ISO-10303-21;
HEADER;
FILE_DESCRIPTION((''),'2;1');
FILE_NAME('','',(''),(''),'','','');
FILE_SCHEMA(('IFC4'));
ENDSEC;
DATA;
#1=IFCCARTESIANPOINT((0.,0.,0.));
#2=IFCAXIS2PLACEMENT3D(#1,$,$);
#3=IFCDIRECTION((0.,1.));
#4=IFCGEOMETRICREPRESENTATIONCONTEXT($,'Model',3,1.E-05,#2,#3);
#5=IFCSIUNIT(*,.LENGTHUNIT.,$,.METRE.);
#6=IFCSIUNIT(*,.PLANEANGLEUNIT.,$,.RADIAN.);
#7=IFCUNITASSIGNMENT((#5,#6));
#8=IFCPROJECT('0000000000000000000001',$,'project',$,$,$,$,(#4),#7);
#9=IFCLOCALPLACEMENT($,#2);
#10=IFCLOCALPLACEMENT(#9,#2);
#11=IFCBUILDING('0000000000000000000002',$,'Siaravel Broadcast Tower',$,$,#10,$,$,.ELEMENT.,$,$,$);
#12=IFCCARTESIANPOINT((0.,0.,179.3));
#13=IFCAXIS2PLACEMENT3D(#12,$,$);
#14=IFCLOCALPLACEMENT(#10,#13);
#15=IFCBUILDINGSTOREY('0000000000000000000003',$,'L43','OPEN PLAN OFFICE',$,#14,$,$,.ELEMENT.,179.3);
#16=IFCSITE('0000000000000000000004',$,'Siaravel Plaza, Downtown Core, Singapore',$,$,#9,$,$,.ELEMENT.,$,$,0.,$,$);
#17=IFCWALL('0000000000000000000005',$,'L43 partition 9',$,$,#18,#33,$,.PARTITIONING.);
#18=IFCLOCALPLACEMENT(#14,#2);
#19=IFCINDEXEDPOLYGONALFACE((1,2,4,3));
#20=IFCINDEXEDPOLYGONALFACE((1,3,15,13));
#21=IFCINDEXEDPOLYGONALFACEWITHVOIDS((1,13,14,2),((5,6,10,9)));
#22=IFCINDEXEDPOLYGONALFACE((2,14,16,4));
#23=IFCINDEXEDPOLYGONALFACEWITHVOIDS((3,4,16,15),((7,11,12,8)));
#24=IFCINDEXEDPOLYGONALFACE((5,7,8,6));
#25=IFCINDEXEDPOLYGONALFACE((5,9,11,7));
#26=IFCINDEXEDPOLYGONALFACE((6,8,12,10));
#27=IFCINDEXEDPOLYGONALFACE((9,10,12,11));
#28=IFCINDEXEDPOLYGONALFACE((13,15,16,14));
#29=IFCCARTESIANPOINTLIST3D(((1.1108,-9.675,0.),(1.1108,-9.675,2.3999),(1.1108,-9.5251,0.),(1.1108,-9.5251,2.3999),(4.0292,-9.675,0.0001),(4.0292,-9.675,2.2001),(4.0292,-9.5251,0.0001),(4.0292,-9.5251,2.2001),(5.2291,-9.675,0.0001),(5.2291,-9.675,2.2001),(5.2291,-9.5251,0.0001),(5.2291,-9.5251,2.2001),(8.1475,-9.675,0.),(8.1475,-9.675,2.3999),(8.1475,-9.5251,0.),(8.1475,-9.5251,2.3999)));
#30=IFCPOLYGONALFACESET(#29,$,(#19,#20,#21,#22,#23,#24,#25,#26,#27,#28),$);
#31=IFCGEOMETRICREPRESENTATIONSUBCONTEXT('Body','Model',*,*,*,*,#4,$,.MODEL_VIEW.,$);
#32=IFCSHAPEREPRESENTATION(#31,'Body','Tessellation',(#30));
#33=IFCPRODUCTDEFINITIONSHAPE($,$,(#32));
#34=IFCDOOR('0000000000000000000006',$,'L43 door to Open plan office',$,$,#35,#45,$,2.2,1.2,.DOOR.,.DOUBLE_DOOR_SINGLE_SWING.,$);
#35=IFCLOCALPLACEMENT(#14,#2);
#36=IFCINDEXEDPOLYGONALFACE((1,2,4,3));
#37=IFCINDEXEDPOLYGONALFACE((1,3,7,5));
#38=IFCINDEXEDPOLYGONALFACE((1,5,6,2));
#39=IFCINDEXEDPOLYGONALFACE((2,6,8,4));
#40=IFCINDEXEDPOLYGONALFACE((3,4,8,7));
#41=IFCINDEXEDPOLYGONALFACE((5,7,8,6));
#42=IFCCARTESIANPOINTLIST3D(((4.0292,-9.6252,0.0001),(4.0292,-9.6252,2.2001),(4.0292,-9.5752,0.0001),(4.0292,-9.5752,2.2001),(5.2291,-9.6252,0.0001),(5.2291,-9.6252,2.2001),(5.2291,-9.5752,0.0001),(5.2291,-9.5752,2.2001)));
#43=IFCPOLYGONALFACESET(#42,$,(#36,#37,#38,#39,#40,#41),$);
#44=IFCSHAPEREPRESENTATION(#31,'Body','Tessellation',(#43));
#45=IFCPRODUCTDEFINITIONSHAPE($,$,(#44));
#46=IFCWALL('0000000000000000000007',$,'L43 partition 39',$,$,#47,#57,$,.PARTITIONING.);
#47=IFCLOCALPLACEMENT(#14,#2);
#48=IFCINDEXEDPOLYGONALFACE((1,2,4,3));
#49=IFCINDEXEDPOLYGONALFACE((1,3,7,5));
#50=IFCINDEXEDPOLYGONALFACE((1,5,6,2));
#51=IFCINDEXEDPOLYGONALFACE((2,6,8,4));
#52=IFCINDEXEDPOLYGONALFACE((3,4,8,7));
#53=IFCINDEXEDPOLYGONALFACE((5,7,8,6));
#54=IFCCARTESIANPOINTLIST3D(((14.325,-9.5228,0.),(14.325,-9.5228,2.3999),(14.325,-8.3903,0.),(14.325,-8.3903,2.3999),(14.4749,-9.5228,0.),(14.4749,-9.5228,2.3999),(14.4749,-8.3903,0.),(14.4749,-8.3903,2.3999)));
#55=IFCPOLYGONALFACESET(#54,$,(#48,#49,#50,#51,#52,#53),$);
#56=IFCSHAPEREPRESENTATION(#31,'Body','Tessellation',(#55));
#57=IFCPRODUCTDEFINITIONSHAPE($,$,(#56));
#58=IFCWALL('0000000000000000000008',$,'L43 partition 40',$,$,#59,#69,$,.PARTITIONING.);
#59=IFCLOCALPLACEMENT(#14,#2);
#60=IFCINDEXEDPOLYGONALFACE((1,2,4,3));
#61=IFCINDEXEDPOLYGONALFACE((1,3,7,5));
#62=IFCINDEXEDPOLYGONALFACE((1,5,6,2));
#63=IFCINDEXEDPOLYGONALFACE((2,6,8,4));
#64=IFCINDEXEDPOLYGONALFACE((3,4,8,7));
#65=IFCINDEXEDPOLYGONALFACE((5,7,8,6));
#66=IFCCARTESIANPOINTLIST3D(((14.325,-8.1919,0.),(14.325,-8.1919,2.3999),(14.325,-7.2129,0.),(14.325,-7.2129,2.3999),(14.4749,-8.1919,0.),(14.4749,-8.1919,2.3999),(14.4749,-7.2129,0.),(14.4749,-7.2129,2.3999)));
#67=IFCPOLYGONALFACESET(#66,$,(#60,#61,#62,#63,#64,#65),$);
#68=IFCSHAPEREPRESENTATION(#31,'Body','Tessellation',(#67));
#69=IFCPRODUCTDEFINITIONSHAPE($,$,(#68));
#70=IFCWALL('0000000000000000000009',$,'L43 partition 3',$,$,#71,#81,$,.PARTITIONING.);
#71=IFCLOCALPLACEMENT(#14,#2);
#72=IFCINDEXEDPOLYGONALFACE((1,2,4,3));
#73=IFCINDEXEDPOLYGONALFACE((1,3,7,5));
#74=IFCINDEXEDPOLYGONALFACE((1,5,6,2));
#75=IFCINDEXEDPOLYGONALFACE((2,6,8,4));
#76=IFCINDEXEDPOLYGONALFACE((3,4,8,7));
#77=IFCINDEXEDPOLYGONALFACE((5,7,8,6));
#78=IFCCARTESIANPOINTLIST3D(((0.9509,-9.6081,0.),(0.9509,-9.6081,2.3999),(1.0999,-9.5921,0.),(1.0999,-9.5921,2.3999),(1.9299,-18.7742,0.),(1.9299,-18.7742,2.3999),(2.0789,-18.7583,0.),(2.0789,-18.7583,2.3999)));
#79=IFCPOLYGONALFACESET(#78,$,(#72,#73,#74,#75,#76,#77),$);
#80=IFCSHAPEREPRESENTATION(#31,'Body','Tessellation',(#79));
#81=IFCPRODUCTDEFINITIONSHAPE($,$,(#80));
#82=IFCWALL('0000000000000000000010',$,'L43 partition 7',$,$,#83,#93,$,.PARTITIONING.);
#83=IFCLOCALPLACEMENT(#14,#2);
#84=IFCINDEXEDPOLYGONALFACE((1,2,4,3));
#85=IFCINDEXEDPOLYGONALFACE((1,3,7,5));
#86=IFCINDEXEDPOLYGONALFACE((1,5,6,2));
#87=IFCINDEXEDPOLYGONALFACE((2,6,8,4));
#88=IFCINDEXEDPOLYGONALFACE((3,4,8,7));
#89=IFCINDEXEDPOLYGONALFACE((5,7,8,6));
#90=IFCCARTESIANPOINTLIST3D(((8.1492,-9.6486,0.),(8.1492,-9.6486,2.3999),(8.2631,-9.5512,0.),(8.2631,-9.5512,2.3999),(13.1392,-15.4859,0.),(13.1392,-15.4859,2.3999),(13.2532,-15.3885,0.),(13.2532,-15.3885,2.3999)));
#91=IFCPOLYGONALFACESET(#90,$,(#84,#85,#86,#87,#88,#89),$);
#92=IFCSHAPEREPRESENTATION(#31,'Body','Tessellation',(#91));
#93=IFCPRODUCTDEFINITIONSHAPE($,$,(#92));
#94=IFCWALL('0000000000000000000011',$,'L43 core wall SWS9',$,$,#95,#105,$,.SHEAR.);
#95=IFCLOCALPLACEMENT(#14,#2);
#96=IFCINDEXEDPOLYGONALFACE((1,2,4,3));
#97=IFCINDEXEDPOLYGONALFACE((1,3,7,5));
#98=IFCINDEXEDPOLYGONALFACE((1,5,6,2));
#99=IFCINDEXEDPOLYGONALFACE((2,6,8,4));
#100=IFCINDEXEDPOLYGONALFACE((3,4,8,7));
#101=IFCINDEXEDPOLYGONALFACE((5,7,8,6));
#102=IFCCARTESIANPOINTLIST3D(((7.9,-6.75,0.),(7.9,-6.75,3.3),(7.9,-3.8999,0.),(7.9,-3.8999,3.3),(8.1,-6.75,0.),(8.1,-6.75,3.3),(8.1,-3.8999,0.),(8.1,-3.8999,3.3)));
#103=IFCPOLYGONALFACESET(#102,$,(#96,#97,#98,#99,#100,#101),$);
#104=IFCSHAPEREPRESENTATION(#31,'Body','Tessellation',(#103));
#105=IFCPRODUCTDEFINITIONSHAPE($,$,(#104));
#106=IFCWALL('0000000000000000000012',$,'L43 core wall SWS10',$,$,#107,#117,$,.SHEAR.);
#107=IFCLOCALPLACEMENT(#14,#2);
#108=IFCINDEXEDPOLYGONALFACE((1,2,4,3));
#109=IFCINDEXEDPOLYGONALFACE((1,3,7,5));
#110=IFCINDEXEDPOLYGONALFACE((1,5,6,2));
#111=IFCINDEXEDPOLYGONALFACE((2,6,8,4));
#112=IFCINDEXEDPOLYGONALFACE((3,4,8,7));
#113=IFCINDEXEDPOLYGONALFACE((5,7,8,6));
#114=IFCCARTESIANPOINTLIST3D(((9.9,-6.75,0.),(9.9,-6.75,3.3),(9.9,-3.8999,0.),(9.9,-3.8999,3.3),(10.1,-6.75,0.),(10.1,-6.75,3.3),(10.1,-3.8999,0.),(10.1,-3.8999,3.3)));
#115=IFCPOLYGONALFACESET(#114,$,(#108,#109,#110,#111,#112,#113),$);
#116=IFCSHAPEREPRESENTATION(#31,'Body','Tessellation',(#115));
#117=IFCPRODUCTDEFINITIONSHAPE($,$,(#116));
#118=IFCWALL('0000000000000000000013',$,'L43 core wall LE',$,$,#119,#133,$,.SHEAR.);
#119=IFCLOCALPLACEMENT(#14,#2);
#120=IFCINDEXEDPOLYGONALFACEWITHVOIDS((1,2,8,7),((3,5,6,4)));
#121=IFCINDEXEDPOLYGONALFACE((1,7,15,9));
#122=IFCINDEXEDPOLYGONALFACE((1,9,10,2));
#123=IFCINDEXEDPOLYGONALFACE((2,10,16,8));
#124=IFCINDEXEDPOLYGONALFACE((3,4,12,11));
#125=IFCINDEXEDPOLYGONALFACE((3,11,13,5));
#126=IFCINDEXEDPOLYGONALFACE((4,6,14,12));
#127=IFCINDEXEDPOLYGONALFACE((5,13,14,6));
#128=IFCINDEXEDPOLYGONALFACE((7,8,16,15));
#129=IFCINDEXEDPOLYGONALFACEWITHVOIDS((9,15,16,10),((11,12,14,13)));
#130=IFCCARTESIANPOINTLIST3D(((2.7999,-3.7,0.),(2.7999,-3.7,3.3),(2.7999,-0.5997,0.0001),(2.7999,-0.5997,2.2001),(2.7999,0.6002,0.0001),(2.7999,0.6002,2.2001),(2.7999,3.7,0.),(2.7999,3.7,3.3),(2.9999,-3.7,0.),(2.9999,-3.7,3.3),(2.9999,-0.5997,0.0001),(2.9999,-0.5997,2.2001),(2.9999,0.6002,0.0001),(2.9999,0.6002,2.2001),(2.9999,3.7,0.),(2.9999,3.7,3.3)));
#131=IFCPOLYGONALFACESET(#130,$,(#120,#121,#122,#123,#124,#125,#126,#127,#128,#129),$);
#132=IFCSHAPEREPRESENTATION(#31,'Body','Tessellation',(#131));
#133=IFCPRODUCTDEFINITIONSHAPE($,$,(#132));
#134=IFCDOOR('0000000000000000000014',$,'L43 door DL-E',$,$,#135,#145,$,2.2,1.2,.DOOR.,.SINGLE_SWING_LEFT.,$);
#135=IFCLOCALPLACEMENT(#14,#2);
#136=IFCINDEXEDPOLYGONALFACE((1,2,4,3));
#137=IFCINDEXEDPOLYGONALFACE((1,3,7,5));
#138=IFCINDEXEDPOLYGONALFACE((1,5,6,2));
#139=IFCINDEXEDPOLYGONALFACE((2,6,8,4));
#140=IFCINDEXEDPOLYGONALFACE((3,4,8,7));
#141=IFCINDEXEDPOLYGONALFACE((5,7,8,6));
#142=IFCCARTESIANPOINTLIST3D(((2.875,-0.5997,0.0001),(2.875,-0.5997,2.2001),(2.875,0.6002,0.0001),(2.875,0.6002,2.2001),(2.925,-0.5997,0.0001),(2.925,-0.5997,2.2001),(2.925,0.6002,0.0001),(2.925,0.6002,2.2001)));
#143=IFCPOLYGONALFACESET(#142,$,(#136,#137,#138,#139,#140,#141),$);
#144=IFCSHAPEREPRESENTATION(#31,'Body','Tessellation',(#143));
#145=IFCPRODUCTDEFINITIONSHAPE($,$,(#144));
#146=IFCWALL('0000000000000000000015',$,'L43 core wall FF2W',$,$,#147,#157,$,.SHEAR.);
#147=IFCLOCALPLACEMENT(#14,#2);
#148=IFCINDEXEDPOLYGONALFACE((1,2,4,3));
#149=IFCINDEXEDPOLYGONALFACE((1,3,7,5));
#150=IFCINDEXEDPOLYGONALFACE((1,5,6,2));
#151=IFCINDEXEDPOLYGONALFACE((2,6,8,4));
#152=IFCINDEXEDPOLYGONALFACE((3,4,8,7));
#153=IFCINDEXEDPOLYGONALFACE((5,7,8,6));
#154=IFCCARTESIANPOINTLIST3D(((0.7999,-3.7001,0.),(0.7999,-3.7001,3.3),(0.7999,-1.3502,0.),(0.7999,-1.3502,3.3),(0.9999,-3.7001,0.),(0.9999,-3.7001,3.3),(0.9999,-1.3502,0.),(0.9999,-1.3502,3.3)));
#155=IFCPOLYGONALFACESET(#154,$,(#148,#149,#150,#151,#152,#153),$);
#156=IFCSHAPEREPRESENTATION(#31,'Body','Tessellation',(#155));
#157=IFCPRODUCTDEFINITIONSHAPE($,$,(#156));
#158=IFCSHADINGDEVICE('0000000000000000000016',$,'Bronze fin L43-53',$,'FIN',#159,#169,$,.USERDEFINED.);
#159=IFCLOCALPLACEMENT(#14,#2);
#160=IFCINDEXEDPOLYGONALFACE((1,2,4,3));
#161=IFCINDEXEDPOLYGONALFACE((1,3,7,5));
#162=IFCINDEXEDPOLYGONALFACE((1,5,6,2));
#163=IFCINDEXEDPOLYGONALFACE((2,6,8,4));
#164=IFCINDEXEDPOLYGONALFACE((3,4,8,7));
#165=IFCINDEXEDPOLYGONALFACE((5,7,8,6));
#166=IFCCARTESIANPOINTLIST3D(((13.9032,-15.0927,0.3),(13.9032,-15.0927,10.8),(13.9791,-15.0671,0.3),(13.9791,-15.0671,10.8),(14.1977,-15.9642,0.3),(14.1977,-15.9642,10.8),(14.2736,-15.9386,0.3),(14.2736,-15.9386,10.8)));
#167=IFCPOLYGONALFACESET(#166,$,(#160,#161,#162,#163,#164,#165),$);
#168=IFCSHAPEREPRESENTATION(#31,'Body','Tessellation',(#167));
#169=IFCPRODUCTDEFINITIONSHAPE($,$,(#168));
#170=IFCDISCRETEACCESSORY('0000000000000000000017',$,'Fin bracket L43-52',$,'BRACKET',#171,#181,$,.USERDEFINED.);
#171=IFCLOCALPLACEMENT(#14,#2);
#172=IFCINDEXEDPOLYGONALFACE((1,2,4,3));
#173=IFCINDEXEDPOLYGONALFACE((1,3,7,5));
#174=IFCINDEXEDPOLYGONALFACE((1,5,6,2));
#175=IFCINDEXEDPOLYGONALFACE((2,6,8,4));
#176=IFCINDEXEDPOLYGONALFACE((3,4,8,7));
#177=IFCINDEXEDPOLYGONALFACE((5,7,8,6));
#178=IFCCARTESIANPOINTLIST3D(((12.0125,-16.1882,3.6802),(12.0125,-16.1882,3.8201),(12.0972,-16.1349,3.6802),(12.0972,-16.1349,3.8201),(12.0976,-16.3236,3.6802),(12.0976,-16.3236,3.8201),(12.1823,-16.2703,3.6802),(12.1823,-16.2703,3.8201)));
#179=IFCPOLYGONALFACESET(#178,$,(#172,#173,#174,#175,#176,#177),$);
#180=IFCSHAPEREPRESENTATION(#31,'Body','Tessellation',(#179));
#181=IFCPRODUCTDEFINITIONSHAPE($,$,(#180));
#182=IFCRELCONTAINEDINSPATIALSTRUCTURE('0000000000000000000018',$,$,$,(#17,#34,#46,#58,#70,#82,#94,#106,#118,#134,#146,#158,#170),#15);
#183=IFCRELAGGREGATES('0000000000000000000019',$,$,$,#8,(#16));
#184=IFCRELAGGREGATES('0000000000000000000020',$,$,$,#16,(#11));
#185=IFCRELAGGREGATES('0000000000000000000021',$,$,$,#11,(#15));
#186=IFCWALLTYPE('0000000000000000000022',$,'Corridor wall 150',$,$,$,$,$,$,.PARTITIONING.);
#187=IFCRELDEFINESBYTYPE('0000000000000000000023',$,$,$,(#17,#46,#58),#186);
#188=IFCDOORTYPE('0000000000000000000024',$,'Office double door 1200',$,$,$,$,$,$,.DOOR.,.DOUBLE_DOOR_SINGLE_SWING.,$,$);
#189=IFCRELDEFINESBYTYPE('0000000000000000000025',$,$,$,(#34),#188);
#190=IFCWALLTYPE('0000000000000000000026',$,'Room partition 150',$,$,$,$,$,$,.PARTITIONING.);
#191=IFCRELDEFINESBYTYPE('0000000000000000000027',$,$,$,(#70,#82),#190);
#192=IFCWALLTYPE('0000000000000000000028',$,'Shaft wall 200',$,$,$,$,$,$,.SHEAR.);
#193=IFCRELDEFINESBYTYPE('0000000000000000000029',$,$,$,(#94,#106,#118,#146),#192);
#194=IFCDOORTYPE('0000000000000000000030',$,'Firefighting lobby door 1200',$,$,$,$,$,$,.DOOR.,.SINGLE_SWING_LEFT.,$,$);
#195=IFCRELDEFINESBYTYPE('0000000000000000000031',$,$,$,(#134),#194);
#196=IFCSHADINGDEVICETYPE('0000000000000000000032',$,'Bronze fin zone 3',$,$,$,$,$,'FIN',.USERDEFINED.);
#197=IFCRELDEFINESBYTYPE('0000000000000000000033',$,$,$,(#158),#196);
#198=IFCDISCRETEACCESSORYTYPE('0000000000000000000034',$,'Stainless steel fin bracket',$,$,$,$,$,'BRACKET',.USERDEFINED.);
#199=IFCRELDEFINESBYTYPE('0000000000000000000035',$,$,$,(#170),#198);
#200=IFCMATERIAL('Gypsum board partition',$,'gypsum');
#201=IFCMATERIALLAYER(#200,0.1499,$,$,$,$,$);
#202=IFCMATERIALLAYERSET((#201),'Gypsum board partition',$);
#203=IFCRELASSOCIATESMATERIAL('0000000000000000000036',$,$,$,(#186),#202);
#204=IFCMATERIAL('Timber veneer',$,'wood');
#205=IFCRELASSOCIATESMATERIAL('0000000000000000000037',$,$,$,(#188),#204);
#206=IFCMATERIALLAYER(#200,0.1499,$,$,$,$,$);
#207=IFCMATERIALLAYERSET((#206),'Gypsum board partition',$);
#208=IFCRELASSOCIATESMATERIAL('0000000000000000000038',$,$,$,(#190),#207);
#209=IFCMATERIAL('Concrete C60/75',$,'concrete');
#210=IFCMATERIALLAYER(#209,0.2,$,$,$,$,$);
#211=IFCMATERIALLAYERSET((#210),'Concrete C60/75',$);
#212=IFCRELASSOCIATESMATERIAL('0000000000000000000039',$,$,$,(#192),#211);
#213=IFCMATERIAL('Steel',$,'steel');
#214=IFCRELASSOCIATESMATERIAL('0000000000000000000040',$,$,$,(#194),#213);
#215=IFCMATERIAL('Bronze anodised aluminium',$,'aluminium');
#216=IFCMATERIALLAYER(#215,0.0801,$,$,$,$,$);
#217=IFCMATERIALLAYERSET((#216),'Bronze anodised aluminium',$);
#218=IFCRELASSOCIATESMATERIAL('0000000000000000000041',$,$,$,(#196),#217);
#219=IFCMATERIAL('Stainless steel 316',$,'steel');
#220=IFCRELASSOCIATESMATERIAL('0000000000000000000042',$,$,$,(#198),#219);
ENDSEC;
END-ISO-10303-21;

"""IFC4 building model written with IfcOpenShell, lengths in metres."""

from ifc_helpers import new_model, si_unit, direction, frame, frame_2d, origin, origin_2d, place, context, subcontext, project, spatial, rectangle, extrude, material, layer, layer_set, type_object, element, fill, save


model = new_model("IFC4")

# Units and contexts
model_context = context("Model", 3, precision=1e-05, world=origin(), true_north=direction((0.0, 1.0)))
body_context = subcontext(model_context, "Body", "Model", "MODEL_VIEW")
ifc_project = project(units=[si_unit("LENGTHUNIT", "METRE"), si_unit("PLANEANGLEUNIT", "RADIAN")], contexts=[model_context])

# Site, building, storey
site_placement = place(None, origin())
site = spatial("IfcSite", under=ifc_project, at=site_placement, Name="Siaravel Plaza, Downtown Core, Singapore", CompositionType="ELEMENT", RefElevation=0.0)
building_placement = place(site_placement, origin())
building = spatial("IfcBuilding", under=site, at=building_placement, Name="Siaravel Broadcast Tower", CompositionType="ELEMENT")
storey_placement = place(building_placement, frame((0.0, 0.0, 179.3)))
storey = spatial("IfcBuildingStorey", under=building, at=storey_placement, Name="L43", Description="OPEN PLAN OFFICE", CompositionType="ELEMENT", Elevation=179.3)

# Shared definitions
ifc_material_1 = material(Name="Concrete C60/75", Category="concrete")

# Shared definitions
ifc_material_2 = material(Name="Steel", Category="steel")

# Shared definitions
ifc_material_3 = material(Name="Gypsum board partition", Category="gypsum")
ifc_layer_1 = layer(ifc_material_3, 0.1499)
ifc_layer_set_1 = layer_set([ifc_layer_1], Name="Gypsum board partition")
wall_type_1 = type_object("IfcWallType", Name="Corridor wall 150", PredefinedType="PARTITIONING", material=ifc_layer_set_1)
ifc_material_4 = material(Name="Timber veneer", Category="wood")

# Wall, opening, door
wall_1_placement = place(storey_placement, frame((1.1108, -9.6001, 0.0), z_axis=(0.0, 0.0, 1.0), x_axis=(1.0, 0.0, 0.0)))
wall_1 = element("IfcWall", 1, at=wall_1_placement, inside=storey, type_object=wall_type_1, Name="L43 partition 9", PredefinedType="PARTITIONING", context=body_context, shape_type="SweptSolid", body=[
    extrude(rectangle(XDim=7.0366, YDim=0.1499, at=frame_2d((3.5183, 0.0))), origin(), (0.0, 0.0, 1.0), 2.3999),
])
opening_1_placement = place(wall_1_placement, frame((2.9182, 0.0, 0.0)))
opening_1 = element("IfcOpeningElement", 2, at=opening_1_placement, cuts=wall_1, PredefinedType="OPENING", context=body_context, shape_type="SweptSolid", body=[
    extrude(rectangle(XDim=1.2, YDim=2.2, at=frame_2d((0.6001, 1.1001))), frame((0.0, 0.085, 0.0), z_axis=(0.0, -1.0, 0.0), x_axis=(1.0, 0.0, 0.0)), (0.0, 0.0, 1.0), 0.1699),
])
door_type_1 = type_object("IfcDoorType", Name="Office double door 1200", OperationType="DOUBLE_DOOR_SINGLE_SWING", PredefinedType="DOOR", material=ifc_material_4)
door_1_placement = place(opening_1_placement, origin())
door_1 = element("IfcDoor", 3, at=door_1_placement, inside=storey, type_object=door_type_1, Name="L43 door to Open plan office", OperationType="DOUBLE_DOOR_SINGLE_SWING", OverallHeight=2.2, OverallWidth=1.2, PredefinedType="DOOR", context=body_context, shape_type="SweptSolid", body=[
    extrude(rectangle(XDim=1.2, YDim=2.2, at=frame_2d((0.6001, 1.1001))), frame((0.0, 0.0249, 0.0), z_axis=(0.0, -1.0, 0.0), x_axis=(1.0, 0.0, 0.0)), (0.0, 0.0, 1.0), 0.05),
])
fill(opening_1, door_1)

# Walls
wall_2_placement = place(storey_placement, frame((14.3999, -9.5229, 0.0), z_axis=(0.0, 0.0, 1.0), x_axis=(0.0, 1.0, 0.0)))
element("IfcWall", 4, at=wall_2_placement, inside=storey, type_object=wall_type_1, Name="L43 partition 39", PredefinedType="PARTITIONING", context=body_context, shape_type="SweptSolid", body=[
    extrude(rectangle(XDim=1.1326, YDim=0.1499, at=frame_2d((0.5664, 0.0))), origin(), (0.0, 0.0, 1.0), 2.3999),
])
wall_3_placement = place(storey_placement, frame((14.3999, -8.1919, 0.0), z_axis=(0.0, 0.0, 1.0), x_axis=(0.0, 1.0, 0.0)))
element("IfcWall", 5, at=wall_3_placement, inside=storey, type_object=wall_type_1, Name="L43 partition 40", PredefinedType="PARTITIONING", context=body_context, shape_type="SweptSolid", body=[
    extrude(rectangle(XDim=0.979, YDim=0.1499, at=frame_2d((0.4895, 0.0))), origin(), (0.0, 0.0, 1.0), 2.3999),
])
ifc_layer_2 = layer(ifc_material_3, 0.1499)
ifc_layer_set_2 = layer_set([ifc_layer_2], Name="Gypsum board partition")
wall_type_2 = type_object("IfcWallType", Name="Room partition 150", PredefinedType="PARTITIONING", material=ifc_layer_set_2)
wall_4_placement = place(storey_placement, frame((1.0254, -9.6001, 0.0), z_axis=(0.0, 0.0, 1.0), x_axis=(0.106204, -0.994344, 0.0)))
element("IfcWall", 6, at=wall_4_placement, inside=storey, type_object=wall_type_2, Name="L43 partition 3", PredefinedType="PARTITIONING", context=body_context, shape_type="SweptSolid", body=[
    extrude(rectangle(XDim=9.2183, YDim=0.1499, at=frame_2d((4.6091, 0.0))), origin(), (0.0, 0.0, 1.0), 2.3999),
])
wall_5_placement = place(storey_placement, frame((13.1963, -15.4373, 0.0), z_axis=(0.0, 0.0, 1.0), x_axis=(-0.649793, 0.760111, 0.0)))
element("IfcWall", 7, at=wall_5_placement, inside=storey, type_object=wall_type_2, Name="L43 partition 7", PredefinedType="PARTITIONING", context=body_context, shape_type="SweptSolid", body=[
    extrude(rectangle(XDim=7.6794, YDim=0.1499, at=frame_2d((3.8398, 0.0))), origin(), (0.0, 0.0, 1.0), 2.3999),
])
ifc_layer_3 = layer(ifc_material_1, 0.2)
ifc_layer_set_3 = layer_set([ifc_layer_3], Name="Concrete C60/75")
wall_type_3 = type_object("IfcWallType", Name="Shaft wall 200", PredefinedType="SHEAR", material=ifc_layer_set_3)
for number, where, z_axis, x_axis, name in (
    (8, (8.0, -6.75, 0.0), (0.0, 0.0, 1.0), (0.0, 1.0, 0.0), "L43 core wall SWS9"),
    (9, (10.0, -6.75, 0.0), (0.0, 0.0, 1.0), (0.0, 1.0, 0.0), "L43 core wall SWS10"),
):
    element("IfcWall", number, at=place(storey_placement, frame(where, z_axis=z_axis, x_axis=x_axis)), inside=storey, type_object=wall_type_3, Name=name, PredefinedType="SHEAR", context=body_context, shape_type="SweptSolid", body=[
        extrude(rectangle(XDim=2.8501, YDim=0.2, at=frame_2d((1.425, 0.0))), origin(), (0.0, 0.0, 1.0), 3.3),
    ])

# Wall, opening, door
wall_6_placement = place(storey_placement, frame((2.8999, -3.7, 0.0), z_axis=(0.0, 0.0, 1.0), x_axis=(0.0, 1.0, 0.0)))
wall_6 = element("IfcWall", 10, at=wall_6_placement, inside=storey, type_object=wall_type_3, Name="L43 core wall LE", PredefinedType="SHEAR", context=body_context, shape_type="SweptSolid", body=[
    extrude(rectangle(XDim=7.3999, YDim=0.2, at=frame_2d((3.7, 0.0))), origin(), (0.0, 0.0, 1.0), 3.3),
])
opening_2_placement = place(wall_6_placement, frame((3.1001, 0.0, 0.0)))
opening_2 = element("IfcOpeningElement", 11, at=opening_2_placement, cuts=wall_6, PredefinedType="OPENING", context=body_context, shape_type="SweptSolid", body=[
    extrude(rectangle(XDim=1.2, YDim=2.2, at=frame_2d((0.6001, 1.1001))), frame((0.0, 0.1099, 0.0), z_axis=(0.0, -1.0, 0.0), x_axis=(1.0, 0.0, 0.0)), (0.0, 0.0, 1.0), 0.22),
])
door_type_2 = type_object("IfcDoorType", Name="Firefighting lobby door 1200", OperationType="SINGLE_SWING_LEFT", PredefinedType="DOOR", material=ifc_material_2)
door_2_placement = place(opening_2_placement, origin())
door_2 = element("IfcDoor", 12, at=door_2_placement, inside=storey, type_object=door_type_2, Name="L43 door DL-E", OperationType="SINGLE_SWING_LEFT", OverallHeight=2.2, OverallWidth=1.2, PredefinedType="DOOR", context=body_context, shape_type="SweptSolid", body=[
    extrude(rectangle(XDim=1.2, YDim=2.2, at=frame_2d((0.6001, 1.1001))), frame((0.0, 0.0249, 0.0), z_axis=(0.0, -1.0, 0.0), x_axis=(1.0, 0.0, 0.0)), (0.0, 0.0, 1.0), 0.05),
])
fill(opening_2, door_2)

# Wall
wall_7_placement = place(storey_placement, frame((0.8999, -3.7, 0.0), z_axis=(0.0, 0.0, 1.0), x_axis=(0.0, 1.0, 0.0)))
element("IfcWall", 13, at=wall_7_placement, inside=storey, type_object=wall_type_3, Name="L43 core wall FF2W", PredefinedType="SHEAR", context=body_context, shape_type="SweptSolid", body=[
    extrude(rectangle(XDim=2.3499, YDim=0.2, at=frame_2d((1.1748, 0.0))), origin(), (0.0, 0.0, 1.0), 3.3),
])

# Shading device
ifc_material_5 = material(Name="Bronze anodised aluminium", Category="aluminium")
ifc_layer_4 = layer(ifc_material_5, 0.0801)
ifc_layer_set_4 = layer_set([ifc_layer_4], Name="Bronze anodised aluminium")
shading_device_type = type_object("IfcShadingDeviceType", Name="Bronze fin zone 3", ElementType="FIN", PredefinedType="USERDEFINED", material=ifc_layer_set_4)
shading_device_placement = place(storey_placement, frame((14.0884, -15.5156, 0.3), z_axis=(0.0, 0.0, 1.0), x_axis=(0.320115, -0.947379, 0.0)))
element("IfcShadingDevice", 14, at=shading_device_placement, inside=storey, type_object=shading_device_type, Name="Bronze fin L43-53", ObjectType="FIN", PredefinedType="USERDEFINED", context=body_context, shape_type="SweptSolid", body=[
    extrude(rectangle(XDim=0.9199, YDim=0.0801, at=origin_2d()), origin(), (0.0, 0.0, 1.0), 10.5),
])

# Discrete accessory
ifc_material_6 = material(Name="Stainless steel 316", Category="steel")
discrete_accessory_type = type_object("IfcDiscreteAccessoryType", Name="Stainless steel fin bracket", ElementType="BRACKET", PredefinedType="USERDEFINED", material=ifc_material_6)
discrete_accessory_placement = place(storey_placement, frame((12.0974, -16.2292, 3.6802), z_axis=(0.0, 0.0, 1.0), x_axis=(0.532149, -0.84665, 0.0)))
element("IfcDiscreteAccessory", 15, at=discrete_accessory_placement, inside=storey, type_object=discrete_accessory_type, Name="Fin bracket L43-52", ObjectType="BRACKET", PredefinedType="USERDEFINED", context=body_context, shape_type="SweptSolid", body=[
    extrude(rectangle(XDim=0.1599, YDim=0.1001, at=origin_2d()), origin(), (0.0, 0.0, 1.0), 0.1399),
])

save(model, "model.ifc")
